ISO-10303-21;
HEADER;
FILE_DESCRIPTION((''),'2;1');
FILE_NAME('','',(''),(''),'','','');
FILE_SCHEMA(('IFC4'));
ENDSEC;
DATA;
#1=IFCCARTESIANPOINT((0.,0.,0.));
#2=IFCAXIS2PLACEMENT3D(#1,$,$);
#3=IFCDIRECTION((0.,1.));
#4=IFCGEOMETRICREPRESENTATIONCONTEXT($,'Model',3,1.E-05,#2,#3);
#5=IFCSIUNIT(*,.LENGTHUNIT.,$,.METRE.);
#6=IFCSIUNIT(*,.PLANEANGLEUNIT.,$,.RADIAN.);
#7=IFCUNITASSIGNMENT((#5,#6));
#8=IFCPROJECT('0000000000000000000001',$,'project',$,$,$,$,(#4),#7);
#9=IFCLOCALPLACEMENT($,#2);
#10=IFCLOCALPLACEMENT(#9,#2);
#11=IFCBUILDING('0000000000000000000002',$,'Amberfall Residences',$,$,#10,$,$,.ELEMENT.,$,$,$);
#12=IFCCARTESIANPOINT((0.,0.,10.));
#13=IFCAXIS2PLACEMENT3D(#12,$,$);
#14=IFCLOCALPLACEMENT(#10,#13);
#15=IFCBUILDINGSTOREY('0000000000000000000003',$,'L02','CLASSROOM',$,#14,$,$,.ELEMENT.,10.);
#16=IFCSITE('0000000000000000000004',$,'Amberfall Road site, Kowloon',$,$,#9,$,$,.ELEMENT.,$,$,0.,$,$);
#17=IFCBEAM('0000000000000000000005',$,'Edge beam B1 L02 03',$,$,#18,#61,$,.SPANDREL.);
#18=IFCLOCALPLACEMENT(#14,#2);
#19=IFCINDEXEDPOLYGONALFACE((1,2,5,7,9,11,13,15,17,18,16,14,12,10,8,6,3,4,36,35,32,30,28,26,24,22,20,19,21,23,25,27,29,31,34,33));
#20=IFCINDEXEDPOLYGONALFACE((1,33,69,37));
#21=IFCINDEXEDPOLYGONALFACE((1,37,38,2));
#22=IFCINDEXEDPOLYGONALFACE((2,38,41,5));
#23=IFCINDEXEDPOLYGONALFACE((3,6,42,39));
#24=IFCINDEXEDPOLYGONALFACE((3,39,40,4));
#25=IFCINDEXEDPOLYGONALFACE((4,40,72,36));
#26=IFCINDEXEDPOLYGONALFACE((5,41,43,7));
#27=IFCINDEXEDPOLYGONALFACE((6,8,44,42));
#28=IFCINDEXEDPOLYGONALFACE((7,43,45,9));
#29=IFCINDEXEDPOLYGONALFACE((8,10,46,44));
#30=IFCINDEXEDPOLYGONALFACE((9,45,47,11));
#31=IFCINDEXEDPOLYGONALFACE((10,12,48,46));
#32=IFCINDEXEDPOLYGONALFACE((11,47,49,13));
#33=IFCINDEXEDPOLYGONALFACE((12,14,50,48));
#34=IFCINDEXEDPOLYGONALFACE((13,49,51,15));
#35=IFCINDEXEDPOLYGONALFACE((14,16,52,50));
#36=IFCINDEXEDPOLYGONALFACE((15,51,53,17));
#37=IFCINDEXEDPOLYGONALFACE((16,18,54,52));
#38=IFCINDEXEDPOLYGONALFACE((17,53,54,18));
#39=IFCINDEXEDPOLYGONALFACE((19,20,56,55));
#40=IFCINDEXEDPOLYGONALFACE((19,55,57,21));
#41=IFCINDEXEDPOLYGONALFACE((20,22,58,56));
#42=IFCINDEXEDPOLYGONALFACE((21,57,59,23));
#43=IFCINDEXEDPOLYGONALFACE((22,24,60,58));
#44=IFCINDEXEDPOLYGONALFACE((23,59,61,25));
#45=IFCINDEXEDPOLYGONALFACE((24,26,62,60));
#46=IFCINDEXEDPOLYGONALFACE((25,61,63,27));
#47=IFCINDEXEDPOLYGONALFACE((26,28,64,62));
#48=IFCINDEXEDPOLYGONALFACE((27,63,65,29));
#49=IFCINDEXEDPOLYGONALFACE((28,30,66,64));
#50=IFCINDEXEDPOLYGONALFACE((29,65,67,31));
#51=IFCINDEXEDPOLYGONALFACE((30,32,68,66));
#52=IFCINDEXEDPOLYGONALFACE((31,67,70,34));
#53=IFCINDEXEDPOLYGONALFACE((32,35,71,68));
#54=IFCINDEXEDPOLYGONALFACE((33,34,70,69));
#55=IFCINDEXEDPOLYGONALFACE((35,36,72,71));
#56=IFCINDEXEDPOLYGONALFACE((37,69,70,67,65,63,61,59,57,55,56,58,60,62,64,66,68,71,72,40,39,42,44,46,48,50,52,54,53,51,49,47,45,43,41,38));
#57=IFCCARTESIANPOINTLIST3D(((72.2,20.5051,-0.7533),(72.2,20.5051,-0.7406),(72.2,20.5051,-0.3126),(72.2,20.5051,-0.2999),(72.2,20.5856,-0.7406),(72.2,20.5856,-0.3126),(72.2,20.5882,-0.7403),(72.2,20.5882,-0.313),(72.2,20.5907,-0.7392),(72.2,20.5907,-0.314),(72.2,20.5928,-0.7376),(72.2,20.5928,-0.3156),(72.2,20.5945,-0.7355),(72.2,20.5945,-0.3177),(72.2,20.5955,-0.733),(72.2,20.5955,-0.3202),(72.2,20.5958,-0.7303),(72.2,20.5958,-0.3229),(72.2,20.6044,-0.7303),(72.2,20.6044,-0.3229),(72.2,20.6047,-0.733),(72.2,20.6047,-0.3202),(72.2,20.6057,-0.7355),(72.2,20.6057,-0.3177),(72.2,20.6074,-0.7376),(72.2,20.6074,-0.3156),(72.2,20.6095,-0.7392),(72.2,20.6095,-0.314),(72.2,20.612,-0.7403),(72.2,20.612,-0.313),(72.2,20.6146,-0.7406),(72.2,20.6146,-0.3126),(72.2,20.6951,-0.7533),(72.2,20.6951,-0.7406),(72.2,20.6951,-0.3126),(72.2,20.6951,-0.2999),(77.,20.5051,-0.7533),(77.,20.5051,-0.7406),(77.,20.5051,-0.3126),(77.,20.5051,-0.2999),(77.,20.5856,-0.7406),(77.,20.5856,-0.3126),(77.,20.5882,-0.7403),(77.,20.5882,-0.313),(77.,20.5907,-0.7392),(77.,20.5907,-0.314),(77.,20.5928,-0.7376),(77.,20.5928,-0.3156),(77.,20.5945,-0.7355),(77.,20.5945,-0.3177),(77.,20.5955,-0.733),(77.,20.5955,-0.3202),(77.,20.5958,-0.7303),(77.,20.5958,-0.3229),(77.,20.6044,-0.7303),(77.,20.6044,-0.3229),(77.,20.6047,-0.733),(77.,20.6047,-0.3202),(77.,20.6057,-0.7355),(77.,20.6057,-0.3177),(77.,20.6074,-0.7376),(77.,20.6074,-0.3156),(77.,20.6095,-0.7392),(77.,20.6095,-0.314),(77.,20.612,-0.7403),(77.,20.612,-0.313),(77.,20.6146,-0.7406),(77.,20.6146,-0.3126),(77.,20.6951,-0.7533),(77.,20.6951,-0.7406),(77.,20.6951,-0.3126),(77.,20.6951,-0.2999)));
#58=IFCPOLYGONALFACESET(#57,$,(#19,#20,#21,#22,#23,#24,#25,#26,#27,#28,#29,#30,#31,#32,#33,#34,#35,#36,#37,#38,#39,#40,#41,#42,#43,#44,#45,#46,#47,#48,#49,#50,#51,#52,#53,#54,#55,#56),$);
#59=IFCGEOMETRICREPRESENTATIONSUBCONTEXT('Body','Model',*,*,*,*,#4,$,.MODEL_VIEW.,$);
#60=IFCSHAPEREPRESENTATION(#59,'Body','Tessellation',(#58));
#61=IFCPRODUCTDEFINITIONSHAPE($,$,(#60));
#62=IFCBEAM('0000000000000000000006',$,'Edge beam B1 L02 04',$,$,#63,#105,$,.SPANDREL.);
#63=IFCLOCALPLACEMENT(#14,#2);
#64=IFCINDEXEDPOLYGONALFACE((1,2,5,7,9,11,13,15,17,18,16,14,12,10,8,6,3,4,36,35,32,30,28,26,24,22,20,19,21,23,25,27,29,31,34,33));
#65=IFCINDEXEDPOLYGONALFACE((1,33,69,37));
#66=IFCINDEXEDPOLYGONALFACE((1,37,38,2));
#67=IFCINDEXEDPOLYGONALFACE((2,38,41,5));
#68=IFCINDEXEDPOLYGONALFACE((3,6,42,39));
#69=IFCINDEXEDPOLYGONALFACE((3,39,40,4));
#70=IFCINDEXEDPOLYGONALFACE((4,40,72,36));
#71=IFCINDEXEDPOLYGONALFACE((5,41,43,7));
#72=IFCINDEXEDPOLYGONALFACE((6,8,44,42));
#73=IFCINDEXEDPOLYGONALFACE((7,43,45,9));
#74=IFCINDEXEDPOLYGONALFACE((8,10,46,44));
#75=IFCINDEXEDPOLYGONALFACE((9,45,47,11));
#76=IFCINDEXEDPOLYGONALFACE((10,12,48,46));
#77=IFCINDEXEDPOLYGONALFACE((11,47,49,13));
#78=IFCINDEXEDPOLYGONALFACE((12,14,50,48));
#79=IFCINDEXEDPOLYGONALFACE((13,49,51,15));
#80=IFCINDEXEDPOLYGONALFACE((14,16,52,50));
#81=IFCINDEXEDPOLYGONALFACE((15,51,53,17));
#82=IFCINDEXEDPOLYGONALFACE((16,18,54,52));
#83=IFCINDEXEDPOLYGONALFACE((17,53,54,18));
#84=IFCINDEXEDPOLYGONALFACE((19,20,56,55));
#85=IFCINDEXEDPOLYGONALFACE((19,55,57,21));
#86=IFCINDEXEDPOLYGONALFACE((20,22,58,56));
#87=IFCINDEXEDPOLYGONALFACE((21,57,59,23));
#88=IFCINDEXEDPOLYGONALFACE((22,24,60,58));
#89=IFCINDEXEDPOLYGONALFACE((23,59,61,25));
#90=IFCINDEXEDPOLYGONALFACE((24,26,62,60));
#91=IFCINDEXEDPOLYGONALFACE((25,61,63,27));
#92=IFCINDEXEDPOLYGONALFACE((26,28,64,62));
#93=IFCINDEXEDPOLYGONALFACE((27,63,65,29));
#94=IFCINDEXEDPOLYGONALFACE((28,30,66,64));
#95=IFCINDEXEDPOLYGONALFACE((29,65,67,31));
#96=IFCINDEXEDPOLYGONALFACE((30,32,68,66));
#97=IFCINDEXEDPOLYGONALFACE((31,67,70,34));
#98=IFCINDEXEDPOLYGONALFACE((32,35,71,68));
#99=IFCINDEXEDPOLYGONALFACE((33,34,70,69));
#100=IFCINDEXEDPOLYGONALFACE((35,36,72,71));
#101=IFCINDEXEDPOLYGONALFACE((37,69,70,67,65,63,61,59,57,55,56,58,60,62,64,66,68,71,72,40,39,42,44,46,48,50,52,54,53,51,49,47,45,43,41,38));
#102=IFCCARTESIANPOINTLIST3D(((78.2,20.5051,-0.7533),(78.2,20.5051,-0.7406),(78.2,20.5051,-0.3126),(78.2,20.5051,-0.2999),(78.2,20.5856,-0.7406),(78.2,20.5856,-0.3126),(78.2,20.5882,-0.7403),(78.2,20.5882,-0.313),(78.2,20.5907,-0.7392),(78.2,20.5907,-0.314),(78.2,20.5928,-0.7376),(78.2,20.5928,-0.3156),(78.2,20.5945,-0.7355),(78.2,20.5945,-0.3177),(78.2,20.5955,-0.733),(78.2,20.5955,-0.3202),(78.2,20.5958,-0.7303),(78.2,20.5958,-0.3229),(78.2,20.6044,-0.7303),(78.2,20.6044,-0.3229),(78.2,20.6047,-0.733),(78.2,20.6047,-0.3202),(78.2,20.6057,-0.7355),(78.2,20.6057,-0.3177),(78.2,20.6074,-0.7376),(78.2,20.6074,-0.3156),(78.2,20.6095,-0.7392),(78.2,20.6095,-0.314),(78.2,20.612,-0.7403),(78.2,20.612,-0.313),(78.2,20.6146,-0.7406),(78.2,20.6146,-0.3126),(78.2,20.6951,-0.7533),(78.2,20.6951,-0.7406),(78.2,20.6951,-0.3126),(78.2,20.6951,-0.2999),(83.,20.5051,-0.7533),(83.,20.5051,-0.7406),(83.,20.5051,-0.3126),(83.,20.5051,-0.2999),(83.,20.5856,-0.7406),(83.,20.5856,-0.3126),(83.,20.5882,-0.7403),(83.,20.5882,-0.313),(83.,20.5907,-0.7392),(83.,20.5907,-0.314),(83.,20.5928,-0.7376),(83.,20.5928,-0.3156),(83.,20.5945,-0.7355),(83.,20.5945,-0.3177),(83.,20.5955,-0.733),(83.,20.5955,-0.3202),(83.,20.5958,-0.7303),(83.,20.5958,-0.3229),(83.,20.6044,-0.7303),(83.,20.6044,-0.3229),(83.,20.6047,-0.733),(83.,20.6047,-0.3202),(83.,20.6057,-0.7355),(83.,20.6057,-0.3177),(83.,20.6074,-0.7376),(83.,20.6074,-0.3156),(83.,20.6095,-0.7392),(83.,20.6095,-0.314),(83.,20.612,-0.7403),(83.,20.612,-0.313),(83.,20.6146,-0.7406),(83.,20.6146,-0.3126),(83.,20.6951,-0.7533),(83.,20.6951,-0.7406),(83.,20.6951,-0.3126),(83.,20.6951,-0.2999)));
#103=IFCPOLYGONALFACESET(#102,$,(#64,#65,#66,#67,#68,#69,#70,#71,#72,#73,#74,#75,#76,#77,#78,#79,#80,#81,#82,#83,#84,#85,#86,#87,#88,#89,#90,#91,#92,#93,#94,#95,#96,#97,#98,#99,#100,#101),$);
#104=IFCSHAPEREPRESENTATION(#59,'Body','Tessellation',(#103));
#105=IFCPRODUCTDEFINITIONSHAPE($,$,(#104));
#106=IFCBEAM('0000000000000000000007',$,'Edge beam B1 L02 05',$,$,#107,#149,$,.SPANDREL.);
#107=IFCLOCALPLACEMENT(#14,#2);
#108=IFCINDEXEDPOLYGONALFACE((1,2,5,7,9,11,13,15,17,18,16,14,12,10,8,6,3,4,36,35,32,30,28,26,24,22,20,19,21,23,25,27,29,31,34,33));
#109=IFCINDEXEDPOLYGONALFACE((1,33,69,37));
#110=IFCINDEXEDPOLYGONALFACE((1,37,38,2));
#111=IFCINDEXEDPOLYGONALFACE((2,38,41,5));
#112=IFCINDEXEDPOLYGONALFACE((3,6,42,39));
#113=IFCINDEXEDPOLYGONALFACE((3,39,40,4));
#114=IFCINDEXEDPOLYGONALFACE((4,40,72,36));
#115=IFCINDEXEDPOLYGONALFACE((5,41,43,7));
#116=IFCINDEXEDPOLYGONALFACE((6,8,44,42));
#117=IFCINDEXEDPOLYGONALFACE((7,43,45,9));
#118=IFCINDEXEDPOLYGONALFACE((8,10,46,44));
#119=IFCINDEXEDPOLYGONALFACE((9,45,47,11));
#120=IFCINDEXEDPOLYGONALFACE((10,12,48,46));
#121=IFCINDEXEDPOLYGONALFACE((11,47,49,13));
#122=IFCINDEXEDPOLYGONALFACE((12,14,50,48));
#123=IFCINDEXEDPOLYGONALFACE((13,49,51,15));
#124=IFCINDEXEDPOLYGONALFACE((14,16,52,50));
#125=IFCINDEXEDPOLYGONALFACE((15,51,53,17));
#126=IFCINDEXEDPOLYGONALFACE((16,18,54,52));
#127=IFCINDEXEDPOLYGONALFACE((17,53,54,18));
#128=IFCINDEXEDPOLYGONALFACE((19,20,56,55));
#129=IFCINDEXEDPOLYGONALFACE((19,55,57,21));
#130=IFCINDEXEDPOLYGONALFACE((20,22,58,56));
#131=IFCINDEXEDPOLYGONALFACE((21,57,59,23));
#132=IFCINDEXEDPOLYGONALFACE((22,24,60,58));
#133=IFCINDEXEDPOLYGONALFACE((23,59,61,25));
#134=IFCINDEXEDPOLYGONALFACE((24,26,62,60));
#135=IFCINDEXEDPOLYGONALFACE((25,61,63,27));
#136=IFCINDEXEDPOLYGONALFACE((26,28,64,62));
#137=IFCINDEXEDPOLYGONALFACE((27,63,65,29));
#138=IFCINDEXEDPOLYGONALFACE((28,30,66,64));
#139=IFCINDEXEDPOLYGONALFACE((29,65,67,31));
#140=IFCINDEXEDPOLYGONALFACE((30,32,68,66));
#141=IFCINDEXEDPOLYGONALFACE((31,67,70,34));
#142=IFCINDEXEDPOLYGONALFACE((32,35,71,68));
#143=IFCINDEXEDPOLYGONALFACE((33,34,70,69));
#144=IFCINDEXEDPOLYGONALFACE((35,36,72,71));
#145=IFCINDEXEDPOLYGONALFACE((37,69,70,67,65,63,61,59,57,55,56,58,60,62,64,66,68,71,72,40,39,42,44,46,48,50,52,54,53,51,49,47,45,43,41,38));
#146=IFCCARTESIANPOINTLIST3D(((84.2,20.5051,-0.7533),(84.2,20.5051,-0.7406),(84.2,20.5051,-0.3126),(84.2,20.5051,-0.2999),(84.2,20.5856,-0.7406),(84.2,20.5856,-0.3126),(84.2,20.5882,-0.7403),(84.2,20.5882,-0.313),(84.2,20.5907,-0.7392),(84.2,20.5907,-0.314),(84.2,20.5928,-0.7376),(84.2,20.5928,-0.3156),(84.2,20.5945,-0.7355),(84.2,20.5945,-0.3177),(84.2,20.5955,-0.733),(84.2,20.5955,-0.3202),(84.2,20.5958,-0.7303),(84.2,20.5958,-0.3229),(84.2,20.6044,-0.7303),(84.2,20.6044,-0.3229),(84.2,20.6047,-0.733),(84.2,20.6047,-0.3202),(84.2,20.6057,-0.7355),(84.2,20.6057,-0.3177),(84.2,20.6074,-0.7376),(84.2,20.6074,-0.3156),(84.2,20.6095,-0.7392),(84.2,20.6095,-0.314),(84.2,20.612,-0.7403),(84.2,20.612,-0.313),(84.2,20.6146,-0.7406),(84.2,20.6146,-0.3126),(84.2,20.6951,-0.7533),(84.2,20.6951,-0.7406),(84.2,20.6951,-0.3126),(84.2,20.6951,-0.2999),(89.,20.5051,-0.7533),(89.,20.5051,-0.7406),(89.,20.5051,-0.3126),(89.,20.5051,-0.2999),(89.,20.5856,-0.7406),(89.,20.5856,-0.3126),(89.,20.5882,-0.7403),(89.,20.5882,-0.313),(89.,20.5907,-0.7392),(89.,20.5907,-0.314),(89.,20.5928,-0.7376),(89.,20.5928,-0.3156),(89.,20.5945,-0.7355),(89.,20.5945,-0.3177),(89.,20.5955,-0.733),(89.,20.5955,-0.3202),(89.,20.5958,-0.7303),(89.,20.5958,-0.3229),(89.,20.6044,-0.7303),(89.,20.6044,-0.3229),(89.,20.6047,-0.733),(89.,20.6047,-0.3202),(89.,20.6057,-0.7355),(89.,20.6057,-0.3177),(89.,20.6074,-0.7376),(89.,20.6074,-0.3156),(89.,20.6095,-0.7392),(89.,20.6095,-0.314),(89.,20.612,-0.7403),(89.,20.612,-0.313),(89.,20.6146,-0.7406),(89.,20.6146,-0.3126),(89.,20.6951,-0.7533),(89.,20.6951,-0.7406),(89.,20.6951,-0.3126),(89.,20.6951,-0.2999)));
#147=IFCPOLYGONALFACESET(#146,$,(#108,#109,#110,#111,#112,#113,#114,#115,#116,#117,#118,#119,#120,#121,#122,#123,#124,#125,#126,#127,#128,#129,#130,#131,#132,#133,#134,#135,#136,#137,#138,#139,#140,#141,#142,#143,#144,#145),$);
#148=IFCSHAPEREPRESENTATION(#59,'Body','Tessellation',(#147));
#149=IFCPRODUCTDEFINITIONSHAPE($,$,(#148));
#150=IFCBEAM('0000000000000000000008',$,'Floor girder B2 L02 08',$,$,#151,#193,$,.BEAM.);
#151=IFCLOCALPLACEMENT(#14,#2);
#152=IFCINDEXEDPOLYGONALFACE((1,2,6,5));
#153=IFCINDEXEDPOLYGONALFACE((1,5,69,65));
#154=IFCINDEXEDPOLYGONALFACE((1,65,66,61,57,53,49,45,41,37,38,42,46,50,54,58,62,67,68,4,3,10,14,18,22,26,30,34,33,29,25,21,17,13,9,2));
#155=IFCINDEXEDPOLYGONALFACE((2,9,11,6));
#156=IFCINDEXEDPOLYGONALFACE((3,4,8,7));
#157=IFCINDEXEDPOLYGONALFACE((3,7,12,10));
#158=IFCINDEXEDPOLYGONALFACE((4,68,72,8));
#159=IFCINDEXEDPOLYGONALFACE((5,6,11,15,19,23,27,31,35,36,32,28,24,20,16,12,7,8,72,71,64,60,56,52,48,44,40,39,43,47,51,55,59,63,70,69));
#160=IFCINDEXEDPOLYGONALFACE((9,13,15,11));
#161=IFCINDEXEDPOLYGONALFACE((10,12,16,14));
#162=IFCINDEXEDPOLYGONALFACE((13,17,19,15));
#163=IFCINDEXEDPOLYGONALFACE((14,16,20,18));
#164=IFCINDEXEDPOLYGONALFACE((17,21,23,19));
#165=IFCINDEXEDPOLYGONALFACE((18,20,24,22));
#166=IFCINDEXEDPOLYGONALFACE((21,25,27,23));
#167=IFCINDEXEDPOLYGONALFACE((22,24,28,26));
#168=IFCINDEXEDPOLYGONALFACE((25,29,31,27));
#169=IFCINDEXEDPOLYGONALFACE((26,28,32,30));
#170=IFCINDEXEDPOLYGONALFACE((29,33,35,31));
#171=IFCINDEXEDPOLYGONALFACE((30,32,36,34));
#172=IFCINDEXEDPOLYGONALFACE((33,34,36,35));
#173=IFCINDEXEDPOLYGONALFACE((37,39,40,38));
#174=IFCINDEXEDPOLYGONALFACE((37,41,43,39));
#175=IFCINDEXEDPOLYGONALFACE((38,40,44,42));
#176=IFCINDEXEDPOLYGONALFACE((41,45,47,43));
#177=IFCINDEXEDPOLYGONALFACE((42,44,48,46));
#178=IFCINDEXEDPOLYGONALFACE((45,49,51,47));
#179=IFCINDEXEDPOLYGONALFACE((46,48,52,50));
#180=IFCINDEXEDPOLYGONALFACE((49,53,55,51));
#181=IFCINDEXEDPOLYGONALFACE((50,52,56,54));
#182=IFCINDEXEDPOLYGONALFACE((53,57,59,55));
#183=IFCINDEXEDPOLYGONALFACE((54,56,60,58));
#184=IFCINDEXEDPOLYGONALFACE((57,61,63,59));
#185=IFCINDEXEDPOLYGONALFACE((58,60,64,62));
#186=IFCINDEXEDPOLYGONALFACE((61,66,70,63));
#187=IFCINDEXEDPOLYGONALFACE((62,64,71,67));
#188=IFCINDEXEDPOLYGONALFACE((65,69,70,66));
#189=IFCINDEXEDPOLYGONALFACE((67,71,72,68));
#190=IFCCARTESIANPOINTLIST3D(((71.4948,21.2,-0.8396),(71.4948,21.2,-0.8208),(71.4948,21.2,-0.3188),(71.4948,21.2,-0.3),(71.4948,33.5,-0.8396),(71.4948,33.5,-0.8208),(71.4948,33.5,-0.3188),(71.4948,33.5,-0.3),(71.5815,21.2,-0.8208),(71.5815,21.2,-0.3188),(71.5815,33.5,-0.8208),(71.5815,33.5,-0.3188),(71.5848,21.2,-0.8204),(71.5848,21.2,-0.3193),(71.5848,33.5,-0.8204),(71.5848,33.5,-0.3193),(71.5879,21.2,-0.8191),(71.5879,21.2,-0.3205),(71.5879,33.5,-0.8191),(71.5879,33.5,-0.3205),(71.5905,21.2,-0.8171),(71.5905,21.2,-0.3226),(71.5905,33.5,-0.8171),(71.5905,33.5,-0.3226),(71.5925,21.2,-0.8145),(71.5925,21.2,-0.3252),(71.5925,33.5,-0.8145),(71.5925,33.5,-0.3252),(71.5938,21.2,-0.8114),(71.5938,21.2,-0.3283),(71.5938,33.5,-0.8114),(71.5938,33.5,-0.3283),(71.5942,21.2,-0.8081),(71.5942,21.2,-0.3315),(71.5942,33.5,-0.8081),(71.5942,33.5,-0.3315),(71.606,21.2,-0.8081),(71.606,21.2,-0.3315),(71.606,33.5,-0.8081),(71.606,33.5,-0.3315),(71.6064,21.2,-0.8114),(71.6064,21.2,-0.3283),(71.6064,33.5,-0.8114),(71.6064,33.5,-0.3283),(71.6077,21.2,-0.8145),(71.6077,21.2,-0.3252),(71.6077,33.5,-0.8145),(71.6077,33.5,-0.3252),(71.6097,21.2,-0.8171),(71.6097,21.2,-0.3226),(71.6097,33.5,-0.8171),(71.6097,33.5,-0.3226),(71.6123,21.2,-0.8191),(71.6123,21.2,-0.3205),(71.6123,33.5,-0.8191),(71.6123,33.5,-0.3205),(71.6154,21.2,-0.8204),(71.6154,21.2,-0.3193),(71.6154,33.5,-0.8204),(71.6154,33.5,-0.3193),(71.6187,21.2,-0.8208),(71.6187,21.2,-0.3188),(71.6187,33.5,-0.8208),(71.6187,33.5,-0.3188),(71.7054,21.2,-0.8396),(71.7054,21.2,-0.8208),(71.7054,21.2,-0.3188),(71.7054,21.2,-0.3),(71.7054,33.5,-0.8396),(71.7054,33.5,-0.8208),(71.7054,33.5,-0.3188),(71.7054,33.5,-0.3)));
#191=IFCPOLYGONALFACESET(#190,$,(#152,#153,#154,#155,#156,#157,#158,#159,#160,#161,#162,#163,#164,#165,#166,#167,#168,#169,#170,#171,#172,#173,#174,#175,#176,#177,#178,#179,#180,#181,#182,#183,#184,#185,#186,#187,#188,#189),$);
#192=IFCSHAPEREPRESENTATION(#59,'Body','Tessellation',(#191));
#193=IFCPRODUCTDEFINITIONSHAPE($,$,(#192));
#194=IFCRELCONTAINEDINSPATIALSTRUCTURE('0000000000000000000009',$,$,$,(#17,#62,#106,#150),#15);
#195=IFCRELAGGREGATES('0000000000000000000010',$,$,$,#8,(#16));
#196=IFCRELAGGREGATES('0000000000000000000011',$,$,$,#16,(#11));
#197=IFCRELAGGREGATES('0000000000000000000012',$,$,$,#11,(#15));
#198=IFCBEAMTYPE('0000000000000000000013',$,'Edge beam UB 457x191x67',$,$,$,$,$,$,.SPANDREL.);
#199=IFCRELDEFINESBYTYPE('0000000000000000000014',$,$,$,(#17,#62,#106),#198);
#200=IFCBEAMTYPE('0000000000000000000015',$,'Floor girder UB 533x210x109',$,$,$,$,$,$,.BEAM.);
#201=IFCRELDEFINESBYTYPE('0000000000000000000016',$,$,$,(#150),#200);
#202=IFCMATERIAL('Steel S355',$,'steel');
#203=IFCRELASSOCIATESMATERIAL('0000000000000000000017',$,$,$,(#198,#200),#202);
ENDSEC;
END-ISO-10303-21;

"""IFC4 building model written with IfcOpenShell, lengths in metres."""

from ifc_helpers import new_model, si_unit, direction, frame, origin, origin_2d, place, context, subcontext, project, spatial, i_section, extrude, material, material_profile, profile_set, type_object, element, save


model = new_model("IFC4")

# Units and contexts
model_context = context("Model", 3, precision=1e-05, world=origin(), true_north=direction((0.0, 1.0)))
body_context = subcontext(model_context, "Body", "Model", "MODEL_VIEW")
ifc_project = project(units=[si_unit("LENGTHUNIT", "METRE"), si_unit("PLANEANGLEUNIT", "RADIAN")], contexts=[model_context])

# Site, building, storey
site_placement = place(None, origin())
site = spatial("IfcSite", under=ifc_project, at=site_placement, Name="Amberfall Road site, Kowloon", CompositionType="ELEMENT", RefElevation=0.0)
building_placement = place(site_placement, origin())
building = spatial("IfcBuilding", under=site, at=building_placement, Name="Amberfall Residences", CompositionType="ELEMENT")
storey_placement = place(building_placement, frame((0.0, 0.0, 10.0)))
storey = spatial("IfcBuildingStorey", under=building, at=storey_placement, Name="L02", Description="CLASSROOM", CompositionType="ELEMENT", Elevation=10.0)

# Beams
ifc_material_1 = material(Name="Steel S355", Category="steel")
ifc_material_profile_1 = material_profile(ifc_material_1, i_section(OverallWidth=0.1899, OverallDepth=0.4534, WebThickness=0.0085, FlangeThickness=0.0127, FilletRadius=0.0103, at=origin_2d()), Name="UB 457x191x67")
ifc_profile_set_1 = profile_set([ifc_material_profile_1], Name="Steel S355")
beam_type_1 = type_object("IfcBeamType", Name="Edge beam UB 457x191x67", PredefinedType="SPANDREL", material=ifc_profile_set_1)
for number, where, z_axis, x_axis, name in (
    (1, (72.2, 20.6001, -0.5266), (1.0, 0.0, 0.0), (0.0, 1.0, 0.0), "Edge beam B1 L02 03"),
    (2, (78.2, 20.6001, -0.5266), (1.0, 0.0, 0.0), (0.0, 1.0, 0.0), "Edge beam B1 L02 04"),
    (3, (84.2, 20.6001, -0.5266), (1.0, 0.0, 0.0), (0.0, 1.0, 0.0), "Edge beam B1 L02 05"),
):
    element("IfcBeam", number, at=place(storey_placement, frame(where, z_axis=z_axis, x_axis=x_axis)), inside=storey, type_object=beam_type_1, Name=name, PredefinedType="SPANDREL", context=body_context, shape_type="SweptSolid", body=[
        extrude(i_section(OverallWidth=0.1899, OverallDepth=0.4534, WebThickness=0.0085, FlangeThickness=0.0127, FilletRadius=0.0103, at=origin_2d()), origin(), (0.0, 0.0, 1.0), 4.8),
    ])
ifc_material_profile_2 = material_profile(ifc_material_1, i_section(OverallWidth=0.2107, OverallDepth=0.5396, WebThickness=0.0117, FlangeThickness=0.0188, FilletRadius=0.0127, at=origin_2d()), Name="UB 533x210x109")
ifc_profile_set_2 = profile_set([ifc_material_profile_2], Name="Steel S355")
beam_type_2 = type_object("IfcBeamType", Name="Floor girder UB 533x210x109", PredefinedType="BEAM", material=ifc_profile_set_2)
for number, where, z_axis, x_axis, name in (
    (4, (71.6001, 21.2, -0.5698), (0.0, 1.0, 0.0), (-1.0, 0.0, 0.0), "Floor girder B2 L02 08"),
):
    element("IfcBeam", number, at=place(storey_placement, frame(where, z_axis=z_axis, x_axis=x_axis)), inside=storey, type_object=beam_type_2, Name=name, PredefinedType="BEAM", context=body_context, shape_type="SweptSolid", body=[
        extrude(i_section(OverallWidth=0.2107, OverallDepth=0.5396, WebThickness=0.0117, FlangeThickness=0.0188, FilletRadius=0.0127, at=origin_2d()), origin(), (0.0, 0.0, 1.0), 12.3),
    ])

save(model, "model.ifc")
